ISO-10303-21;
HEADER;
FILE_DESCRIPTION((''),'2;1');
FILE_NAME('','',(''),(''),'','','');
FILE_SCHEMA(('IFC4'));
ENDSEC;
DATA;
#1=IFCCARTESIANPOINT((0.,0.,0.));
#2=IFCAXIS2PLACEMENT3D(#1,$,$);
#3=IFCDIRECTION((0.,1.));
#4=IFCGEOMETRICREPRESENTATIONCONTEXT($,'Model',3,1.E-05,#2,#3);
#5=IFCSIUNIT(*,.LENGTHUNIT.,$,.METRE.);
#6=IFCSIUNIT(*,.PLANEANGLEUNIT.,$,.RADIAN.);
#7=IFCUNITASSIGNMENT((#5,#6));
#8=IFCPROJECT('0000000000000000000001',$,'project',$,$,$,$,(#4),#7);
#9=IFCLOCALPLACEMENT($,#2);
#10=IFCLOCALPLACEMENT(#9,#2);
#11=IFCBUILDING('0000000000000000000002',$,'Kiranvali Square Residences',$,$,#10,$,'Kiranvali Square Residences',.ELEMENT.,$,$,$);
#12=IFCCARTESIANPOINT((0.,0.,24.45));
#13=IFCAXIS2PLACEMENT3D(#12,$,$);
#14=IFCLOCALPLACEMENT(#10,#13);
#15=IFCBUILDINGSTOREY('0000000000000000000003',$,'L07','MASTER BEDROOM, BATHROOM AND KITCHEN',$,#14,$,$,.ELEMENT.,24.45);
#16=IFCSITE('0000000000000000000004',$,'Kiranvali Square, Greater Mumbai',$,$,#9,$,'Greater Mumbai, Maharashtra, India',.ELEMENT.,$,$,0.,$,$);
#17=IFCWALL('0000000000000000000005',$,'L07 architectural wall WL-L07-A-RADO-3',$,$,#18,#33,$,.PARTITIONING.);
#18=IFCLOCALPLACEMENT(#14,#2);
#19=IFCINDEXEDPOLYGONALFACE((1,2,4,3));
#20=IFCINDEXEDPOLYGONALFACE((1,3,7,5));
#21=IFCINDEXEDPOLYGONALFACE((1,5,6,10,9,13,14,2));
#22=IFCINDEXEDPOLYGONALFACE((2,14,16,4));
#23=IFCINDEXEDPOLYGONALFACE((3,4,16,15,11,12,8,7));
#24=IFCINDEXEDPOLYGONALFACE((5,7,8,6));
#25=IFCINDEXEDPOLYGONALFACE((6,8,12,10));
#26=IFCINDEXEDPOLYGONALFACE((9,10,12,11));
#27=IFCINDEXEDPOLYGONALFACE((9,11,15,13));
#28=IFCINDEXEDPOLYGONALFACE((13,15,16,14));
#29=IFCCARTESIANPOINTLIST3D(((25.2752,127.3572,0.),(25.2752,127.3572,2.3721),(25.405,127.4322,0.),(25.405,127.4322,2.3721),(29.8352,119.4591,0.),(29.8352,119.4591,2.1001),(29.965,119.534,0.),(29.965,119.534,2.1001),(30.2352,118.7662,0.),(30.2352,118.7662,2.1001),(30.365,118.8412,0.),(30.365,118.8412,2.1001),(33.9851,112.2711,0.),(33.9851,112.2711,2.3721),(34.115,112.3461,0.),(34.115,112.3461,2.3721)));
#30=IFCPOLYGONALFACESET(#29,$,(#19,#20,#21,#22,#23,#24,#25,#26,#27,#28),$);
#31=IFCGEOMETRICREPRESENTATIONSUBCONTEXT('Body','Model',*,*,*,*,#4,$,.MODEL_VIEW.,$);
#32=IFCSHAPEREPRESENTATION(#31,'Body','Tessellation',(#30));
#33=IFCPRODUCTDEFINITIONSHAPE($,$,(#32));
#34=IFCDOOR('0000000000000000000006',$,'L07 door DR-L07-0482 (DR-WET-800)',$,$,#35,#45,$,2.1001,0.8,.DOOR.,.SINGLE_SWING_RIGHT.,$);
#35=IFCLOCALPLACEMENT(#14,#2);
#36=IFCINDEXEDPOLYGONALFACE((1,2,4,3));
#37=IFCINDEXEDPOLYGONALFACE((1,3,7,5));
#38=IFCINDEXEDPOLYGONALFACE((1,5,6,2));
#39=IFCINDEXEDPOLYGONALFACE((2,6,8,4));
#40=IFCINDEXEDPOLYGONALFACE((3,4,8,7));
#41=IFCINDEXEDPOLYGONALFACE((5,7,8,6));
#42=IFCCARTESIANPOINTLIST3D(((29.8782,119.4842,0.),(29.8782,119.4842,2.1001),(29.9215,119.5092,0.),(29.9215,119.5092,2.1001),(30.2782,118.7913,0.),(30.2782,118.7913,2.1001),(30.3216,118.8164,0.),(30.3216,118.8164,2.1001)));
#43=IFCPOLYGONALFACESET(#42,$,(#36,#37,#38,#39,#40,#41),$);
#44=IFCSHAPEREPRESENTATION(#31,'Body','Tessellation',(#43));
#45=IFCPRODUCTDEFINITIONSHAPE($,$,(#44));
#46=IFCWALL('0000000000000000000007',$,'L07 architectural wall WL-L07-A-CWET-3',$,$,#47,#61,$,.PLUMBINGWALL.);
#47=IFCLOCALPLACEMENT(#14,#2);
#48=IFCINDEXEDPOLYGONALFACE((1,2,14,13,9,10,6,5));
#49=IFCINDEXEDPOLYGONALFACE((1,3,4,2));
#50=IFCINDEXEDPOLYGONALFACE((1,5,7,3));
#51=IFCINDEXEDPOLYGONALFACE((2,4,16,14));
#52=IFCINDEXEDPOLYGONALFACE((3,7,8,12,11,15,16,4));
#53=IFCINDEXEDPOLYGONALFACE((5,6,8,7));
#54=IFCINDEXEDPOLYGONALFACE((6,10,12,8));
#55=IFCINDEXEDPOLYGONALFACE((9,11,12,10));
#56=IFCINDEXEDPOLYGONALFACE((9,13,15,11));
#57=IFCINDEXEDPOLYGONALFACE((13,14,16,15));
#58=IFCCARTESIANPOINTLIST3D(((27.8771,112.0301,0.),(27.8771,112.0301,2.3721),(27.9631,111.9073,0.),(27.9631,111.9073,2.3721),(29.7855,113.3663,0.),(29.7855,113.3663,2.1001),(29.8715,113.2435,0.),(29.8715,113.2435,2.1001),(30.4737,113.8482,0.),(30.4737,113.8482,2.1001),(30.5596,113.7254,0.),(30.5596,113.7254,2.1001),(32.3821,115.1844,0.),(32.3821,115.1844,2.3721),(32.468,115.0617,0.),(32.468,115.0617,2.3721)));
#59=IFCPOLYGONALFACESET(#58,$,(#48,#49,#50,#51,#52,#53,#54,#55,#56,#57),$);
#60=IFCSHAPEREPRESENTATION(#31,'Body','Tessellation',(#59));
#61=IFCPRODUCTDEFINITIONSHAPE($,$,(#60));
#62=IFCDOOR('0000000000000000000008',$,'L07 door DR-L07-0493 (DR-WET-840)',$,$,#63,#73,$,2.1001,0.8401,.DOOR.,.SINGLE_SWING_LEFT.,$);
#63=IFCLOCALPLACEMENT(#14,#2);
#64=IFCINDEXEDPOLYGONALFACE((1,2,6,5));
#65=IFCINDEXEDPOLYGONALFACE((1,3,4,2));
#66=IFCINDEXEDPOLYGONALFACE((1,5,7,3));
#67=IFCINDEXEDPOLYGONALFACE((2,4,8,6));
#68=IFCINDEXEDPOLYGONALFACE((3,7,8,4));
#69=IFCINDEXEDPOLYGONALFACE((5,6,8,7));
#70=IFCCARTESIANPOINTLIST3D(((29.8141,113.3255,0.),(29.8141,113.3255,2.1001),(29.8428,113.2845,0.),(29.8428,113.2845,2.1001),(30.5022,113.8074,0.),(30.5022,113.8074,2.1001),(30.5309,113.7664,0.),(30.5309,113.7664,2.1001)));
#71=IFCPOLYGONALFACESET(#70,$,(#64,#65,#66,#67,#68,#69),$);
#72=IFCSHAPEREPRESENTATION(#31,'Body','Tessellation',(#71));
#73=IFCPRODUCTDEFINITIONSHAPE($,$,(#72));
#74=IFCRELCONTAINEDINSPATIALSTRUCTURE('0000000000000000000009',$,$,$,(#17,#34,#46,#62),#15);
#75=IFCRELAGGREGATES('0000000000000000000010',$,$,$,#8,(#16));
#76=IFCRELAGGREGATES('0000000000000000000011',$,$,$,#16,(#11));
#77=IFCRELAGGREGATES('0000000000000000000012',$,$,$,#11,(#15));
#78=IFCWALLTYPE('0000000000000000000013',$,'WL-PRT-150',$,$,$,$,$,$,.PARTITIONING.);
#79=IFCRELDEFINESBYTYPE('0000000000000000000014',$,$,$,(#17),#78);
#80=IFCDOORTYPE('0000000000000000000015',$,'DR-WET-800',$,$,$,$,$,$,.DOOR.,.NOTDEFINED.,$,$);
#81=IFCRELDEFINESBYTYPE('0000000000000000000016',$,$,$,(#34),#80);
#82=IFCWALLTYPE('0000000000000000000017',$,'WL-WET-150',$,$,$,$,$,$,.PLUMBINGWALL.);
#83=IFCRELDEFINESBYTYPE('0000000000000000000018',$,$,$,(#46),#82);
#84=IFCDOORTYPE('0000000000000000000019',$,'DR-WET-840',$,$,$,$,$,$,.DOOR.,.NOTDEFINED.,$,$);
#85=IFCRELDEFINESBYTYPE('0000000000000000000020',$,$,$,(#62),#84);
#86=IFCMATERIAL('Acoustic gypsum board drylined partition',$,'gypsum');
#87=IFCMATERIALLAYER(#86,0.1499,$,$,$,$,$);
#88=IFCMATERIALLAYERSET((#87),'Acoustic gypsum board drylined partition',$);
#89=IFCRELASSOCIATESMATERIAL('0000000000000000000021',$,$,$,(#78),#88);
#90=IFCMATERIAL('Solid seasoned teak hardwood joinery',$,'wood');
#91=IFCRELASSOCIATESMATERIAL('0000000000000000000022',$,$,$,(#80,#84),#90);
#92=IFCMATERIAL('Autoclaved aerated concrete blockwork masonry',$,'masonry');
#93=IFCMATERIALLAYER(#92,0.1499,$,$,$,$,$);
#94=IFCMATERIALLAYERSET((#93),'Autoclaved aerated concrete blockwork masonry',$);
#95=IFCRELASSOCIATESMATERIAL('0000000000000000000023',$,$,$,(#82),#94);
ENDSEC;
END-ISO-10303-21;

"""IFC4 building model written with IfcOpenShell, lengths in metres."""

from ifc_helpers import new_model, si_unit, direction, frame, frame_2d, origin, place, context, subcontext, project, spatial, rectangle, extrude, material, layer, layer_set, type_object, element, fill, save


model = new_model("IFC4")

# Units and contexts
model_context = context("Model", 3, precision=1e-05, world=origin(), true_north=direction((0.0, 1.0)))
body_context = subcontext(model_context, "Body", "Model", "MODEL_VIEW")
ifc_project = project(units=[si_unit("LENGTHUNIT", "METRE"), si_unit("PLANEANGLEUNIT", "RADIAN")], contexts=[model_context])

# Site, building, storey
site_placement = place(None, origin())
site = spatial("IfcSite", under=ifc_project, at=site_placement, Name="Kiranvali Square, Greater Mumbai", LongName="Greater Mumbai, Maharashtra, India", CompositionType="ELEMENT", RefElevation=0.0)
building_placement = place(site_placement, origin())
building = spatial("IfcBuilding", under=site, at=building_placement, Name="Kiranvali Square Residences", LongName="Kiranvali Square Residences", CompositionType="ELEMENT")
storey_placement = place(building_placement, frame((0.0, 0.0, 24.45)))
storey = spatial("IfcBuildingStorey", under=building, at=storey_placement, Name="L07", Description="MASTER BEDROOM, BATHROOM AND KITCHEN", CompositionType="ELEMENT", Elevation=24.45)

# Shared definitions
ifc_material_1 = material(Name="Autoclaved aerated concrete blockwork masonry", Category="masonry")

# Walls, openings, doors
ifc_material_2 = material(Name="Acoustic gypsum board drylined partition", Category="gypsum")
ifc_layer_1 = layer(ifc_material_2, 0.1499)
ifc_layer_set_1 = layer_set([ifc_layer_1], Name="Acoustic gypsum board drylined partition")
wall_type_1 = type_object("IfcWallType", Name="WL-PRT-150", PredefinedType="PARTITIONING", material=ifc_layer_set_1)
wall_1_placement = place(storey_placement, frame((34.05, 112.3086, 0.0), z_axis=(0.0, 0.0, 1.0), x_axis=(-0.499998, 0.866027, 0.0)))
wall_1 = element("IfcWall", 1, at=wall_1_placement, inside=storey, type_object=wall_type_1, Name="L07 architectural wall WL-L07-A-RADO-3", PredefinedType="PARTITIONING", context=body_context, shape_type="SweptSolid", body=[
    extrude(rectangle(XDim=17.4199, YDim=0.1499, at=frame_2d((8.71, 0.0))), origin(), (0.0, 0.0, 1.0), 2.3721),
])
opening_1_placement = place(wall_1_placement, frame((7.5, 0.0, 0.0)))
opening_1 = element("IfcOpeningElement", 2, at=opening_1_placement, cuts=wall_1, PredefinedType="OPENING", context=body_context, shape_type="SweptSolid", body=[
    extrude(rectangle(XDim=0.8, YDim=2.1001, at=frame_2d((0.3999, 1.05))), frame((0.0, 0.085, 0.0), z_axis=(0.0, -1.0, 0.0), x_axis=(1.0, 0.0, 0.0)), (0.0, 0.0, 1.0), 0.1699),
])
ifc_material_3 = material(Name="Solid seasoned teak hardwood joinery", Category="wood")
door_type_1 = type_object("IfcDoorType", Name="DR-WET-800", OperationType="NOTDEFINED", PredefinedType="DOOR", material=ifc_material_3)
door_1_placement = place(opening_1_placement, frame((0.8, 0.0, 0.0), z_axis=(0.0, 0.0, 1.0), x_axis=(-1.0, 0.0, 0.0)))
door_1 = element("IfcDoor", 3, at=door_1_placement, inside=storey, type_object=door_type_1, Name="L07 door DR-L07-0482 (DR-WET-800)", OperationType="SINGLE_SWING_RIGHT", OverallHeight=2.1001, OverallWidth=0.8, PredefinedType="DOOR", context=body_context, shape_type="SweptSolid", body=[
    extrude(rectangle(XDim=0.8, YDim=2.1001, at=frame_2d((0.3999, 1.05))), frame((0.0, 0.0249, 0.0), z_axis=(0.0, -1.0, 0.0), x_axis=(1.0, 0.0, 0.0)), (0.0, 0.0, 1.0), 0.05),
])
fill(opening_1, door_1)
ifc_layer_2 = layer(ifc_material_1, 0.1499)
ifc_layer_set_2 = layer_set([ifc_layer_2], Name="Autoclaved aerated concrete blockwork masonry")
wall_type_2 = type_object("IfcWallType", Name="WL-WET-150", PredefinedType="PLUMBINGWALL", material=ifc_layer_set_2)
wall_2_placement = place(storey_placement, frame((32.425, 115.123, 0.0), z_axis=(0.0, 0.0, 1.0), x_axis=(-0.819157, -0.57357, 0.0)))
wall_2 = element("IfcWall", 4, at=wall_2_placement, inside=storey, type_object=wall_type_2, Name="L07 architectural wall WL-L07-A-CWET-3", PredefinedType="PLUMBINGWALL", context=body_context, shape_type="SweptSolid", body=[
    extrude(rectangle(XDim=5.4995, YDim=0.1499, at=frame_2d((2.7498, 0.0))), origin(), (0.0, 0.0, 1.0), 2.3721),
])
opening_2_placement = place(wall_2_placement, frame((2.3298, 0.0, 0.0)))
opening_2 = element("IfcOpeningElement", 5, at=opening_2_placement, cuts=wall_2, PredefinedType="OPENING", context=body_context, shape_type="SweptSolid", body=[
    extrude(rectangle(XDim=0.8401, YDim=2.1001, at=frame_2d((0.4199, 1.05))), frame((0.0, 0.085, 0.0), z_axis=(0.0, -1.0, 0.0), x_axis=(1.0, 0.0, 0.0)), (0.0, 0.0, 1.0), 0.1699),
])
door_type_2 = type_object("IfcDoorType", Name="DR-WET-840", OperationType="NOTDEFINED", PredefinedType="DOOR", material=ifc_material_3)
door_2_placement = place(opening_2_placement, origin())
door_2 = element("IfcDoor", 6, at=door_2_placement, inside=storey, type_object=door_type_2, Name="L07 door DR-L07-0493 (DR-WET-840)", OperationType="SINGLE_SWING_LEFT", OverallHeight=2.1001, OverallWidth=0.8401, PredefinedType="DOOR", context=body_context, shape_type="SweptSolid", body=[
    extrude(rectangle(XDim=0.8401, YDim=2.1001, at=frame_2d((0.4199, 1.05))), frame((0.0, 0.0249, 0.0), z_axis=(0.0, -1.0, 0.0), x_axis=(1.0, 0.0, 0.0)), (0.0, 0.0, 1.0), 0.05),
])
fill(opening_2, door_2)

save(model, "model.ifc")
